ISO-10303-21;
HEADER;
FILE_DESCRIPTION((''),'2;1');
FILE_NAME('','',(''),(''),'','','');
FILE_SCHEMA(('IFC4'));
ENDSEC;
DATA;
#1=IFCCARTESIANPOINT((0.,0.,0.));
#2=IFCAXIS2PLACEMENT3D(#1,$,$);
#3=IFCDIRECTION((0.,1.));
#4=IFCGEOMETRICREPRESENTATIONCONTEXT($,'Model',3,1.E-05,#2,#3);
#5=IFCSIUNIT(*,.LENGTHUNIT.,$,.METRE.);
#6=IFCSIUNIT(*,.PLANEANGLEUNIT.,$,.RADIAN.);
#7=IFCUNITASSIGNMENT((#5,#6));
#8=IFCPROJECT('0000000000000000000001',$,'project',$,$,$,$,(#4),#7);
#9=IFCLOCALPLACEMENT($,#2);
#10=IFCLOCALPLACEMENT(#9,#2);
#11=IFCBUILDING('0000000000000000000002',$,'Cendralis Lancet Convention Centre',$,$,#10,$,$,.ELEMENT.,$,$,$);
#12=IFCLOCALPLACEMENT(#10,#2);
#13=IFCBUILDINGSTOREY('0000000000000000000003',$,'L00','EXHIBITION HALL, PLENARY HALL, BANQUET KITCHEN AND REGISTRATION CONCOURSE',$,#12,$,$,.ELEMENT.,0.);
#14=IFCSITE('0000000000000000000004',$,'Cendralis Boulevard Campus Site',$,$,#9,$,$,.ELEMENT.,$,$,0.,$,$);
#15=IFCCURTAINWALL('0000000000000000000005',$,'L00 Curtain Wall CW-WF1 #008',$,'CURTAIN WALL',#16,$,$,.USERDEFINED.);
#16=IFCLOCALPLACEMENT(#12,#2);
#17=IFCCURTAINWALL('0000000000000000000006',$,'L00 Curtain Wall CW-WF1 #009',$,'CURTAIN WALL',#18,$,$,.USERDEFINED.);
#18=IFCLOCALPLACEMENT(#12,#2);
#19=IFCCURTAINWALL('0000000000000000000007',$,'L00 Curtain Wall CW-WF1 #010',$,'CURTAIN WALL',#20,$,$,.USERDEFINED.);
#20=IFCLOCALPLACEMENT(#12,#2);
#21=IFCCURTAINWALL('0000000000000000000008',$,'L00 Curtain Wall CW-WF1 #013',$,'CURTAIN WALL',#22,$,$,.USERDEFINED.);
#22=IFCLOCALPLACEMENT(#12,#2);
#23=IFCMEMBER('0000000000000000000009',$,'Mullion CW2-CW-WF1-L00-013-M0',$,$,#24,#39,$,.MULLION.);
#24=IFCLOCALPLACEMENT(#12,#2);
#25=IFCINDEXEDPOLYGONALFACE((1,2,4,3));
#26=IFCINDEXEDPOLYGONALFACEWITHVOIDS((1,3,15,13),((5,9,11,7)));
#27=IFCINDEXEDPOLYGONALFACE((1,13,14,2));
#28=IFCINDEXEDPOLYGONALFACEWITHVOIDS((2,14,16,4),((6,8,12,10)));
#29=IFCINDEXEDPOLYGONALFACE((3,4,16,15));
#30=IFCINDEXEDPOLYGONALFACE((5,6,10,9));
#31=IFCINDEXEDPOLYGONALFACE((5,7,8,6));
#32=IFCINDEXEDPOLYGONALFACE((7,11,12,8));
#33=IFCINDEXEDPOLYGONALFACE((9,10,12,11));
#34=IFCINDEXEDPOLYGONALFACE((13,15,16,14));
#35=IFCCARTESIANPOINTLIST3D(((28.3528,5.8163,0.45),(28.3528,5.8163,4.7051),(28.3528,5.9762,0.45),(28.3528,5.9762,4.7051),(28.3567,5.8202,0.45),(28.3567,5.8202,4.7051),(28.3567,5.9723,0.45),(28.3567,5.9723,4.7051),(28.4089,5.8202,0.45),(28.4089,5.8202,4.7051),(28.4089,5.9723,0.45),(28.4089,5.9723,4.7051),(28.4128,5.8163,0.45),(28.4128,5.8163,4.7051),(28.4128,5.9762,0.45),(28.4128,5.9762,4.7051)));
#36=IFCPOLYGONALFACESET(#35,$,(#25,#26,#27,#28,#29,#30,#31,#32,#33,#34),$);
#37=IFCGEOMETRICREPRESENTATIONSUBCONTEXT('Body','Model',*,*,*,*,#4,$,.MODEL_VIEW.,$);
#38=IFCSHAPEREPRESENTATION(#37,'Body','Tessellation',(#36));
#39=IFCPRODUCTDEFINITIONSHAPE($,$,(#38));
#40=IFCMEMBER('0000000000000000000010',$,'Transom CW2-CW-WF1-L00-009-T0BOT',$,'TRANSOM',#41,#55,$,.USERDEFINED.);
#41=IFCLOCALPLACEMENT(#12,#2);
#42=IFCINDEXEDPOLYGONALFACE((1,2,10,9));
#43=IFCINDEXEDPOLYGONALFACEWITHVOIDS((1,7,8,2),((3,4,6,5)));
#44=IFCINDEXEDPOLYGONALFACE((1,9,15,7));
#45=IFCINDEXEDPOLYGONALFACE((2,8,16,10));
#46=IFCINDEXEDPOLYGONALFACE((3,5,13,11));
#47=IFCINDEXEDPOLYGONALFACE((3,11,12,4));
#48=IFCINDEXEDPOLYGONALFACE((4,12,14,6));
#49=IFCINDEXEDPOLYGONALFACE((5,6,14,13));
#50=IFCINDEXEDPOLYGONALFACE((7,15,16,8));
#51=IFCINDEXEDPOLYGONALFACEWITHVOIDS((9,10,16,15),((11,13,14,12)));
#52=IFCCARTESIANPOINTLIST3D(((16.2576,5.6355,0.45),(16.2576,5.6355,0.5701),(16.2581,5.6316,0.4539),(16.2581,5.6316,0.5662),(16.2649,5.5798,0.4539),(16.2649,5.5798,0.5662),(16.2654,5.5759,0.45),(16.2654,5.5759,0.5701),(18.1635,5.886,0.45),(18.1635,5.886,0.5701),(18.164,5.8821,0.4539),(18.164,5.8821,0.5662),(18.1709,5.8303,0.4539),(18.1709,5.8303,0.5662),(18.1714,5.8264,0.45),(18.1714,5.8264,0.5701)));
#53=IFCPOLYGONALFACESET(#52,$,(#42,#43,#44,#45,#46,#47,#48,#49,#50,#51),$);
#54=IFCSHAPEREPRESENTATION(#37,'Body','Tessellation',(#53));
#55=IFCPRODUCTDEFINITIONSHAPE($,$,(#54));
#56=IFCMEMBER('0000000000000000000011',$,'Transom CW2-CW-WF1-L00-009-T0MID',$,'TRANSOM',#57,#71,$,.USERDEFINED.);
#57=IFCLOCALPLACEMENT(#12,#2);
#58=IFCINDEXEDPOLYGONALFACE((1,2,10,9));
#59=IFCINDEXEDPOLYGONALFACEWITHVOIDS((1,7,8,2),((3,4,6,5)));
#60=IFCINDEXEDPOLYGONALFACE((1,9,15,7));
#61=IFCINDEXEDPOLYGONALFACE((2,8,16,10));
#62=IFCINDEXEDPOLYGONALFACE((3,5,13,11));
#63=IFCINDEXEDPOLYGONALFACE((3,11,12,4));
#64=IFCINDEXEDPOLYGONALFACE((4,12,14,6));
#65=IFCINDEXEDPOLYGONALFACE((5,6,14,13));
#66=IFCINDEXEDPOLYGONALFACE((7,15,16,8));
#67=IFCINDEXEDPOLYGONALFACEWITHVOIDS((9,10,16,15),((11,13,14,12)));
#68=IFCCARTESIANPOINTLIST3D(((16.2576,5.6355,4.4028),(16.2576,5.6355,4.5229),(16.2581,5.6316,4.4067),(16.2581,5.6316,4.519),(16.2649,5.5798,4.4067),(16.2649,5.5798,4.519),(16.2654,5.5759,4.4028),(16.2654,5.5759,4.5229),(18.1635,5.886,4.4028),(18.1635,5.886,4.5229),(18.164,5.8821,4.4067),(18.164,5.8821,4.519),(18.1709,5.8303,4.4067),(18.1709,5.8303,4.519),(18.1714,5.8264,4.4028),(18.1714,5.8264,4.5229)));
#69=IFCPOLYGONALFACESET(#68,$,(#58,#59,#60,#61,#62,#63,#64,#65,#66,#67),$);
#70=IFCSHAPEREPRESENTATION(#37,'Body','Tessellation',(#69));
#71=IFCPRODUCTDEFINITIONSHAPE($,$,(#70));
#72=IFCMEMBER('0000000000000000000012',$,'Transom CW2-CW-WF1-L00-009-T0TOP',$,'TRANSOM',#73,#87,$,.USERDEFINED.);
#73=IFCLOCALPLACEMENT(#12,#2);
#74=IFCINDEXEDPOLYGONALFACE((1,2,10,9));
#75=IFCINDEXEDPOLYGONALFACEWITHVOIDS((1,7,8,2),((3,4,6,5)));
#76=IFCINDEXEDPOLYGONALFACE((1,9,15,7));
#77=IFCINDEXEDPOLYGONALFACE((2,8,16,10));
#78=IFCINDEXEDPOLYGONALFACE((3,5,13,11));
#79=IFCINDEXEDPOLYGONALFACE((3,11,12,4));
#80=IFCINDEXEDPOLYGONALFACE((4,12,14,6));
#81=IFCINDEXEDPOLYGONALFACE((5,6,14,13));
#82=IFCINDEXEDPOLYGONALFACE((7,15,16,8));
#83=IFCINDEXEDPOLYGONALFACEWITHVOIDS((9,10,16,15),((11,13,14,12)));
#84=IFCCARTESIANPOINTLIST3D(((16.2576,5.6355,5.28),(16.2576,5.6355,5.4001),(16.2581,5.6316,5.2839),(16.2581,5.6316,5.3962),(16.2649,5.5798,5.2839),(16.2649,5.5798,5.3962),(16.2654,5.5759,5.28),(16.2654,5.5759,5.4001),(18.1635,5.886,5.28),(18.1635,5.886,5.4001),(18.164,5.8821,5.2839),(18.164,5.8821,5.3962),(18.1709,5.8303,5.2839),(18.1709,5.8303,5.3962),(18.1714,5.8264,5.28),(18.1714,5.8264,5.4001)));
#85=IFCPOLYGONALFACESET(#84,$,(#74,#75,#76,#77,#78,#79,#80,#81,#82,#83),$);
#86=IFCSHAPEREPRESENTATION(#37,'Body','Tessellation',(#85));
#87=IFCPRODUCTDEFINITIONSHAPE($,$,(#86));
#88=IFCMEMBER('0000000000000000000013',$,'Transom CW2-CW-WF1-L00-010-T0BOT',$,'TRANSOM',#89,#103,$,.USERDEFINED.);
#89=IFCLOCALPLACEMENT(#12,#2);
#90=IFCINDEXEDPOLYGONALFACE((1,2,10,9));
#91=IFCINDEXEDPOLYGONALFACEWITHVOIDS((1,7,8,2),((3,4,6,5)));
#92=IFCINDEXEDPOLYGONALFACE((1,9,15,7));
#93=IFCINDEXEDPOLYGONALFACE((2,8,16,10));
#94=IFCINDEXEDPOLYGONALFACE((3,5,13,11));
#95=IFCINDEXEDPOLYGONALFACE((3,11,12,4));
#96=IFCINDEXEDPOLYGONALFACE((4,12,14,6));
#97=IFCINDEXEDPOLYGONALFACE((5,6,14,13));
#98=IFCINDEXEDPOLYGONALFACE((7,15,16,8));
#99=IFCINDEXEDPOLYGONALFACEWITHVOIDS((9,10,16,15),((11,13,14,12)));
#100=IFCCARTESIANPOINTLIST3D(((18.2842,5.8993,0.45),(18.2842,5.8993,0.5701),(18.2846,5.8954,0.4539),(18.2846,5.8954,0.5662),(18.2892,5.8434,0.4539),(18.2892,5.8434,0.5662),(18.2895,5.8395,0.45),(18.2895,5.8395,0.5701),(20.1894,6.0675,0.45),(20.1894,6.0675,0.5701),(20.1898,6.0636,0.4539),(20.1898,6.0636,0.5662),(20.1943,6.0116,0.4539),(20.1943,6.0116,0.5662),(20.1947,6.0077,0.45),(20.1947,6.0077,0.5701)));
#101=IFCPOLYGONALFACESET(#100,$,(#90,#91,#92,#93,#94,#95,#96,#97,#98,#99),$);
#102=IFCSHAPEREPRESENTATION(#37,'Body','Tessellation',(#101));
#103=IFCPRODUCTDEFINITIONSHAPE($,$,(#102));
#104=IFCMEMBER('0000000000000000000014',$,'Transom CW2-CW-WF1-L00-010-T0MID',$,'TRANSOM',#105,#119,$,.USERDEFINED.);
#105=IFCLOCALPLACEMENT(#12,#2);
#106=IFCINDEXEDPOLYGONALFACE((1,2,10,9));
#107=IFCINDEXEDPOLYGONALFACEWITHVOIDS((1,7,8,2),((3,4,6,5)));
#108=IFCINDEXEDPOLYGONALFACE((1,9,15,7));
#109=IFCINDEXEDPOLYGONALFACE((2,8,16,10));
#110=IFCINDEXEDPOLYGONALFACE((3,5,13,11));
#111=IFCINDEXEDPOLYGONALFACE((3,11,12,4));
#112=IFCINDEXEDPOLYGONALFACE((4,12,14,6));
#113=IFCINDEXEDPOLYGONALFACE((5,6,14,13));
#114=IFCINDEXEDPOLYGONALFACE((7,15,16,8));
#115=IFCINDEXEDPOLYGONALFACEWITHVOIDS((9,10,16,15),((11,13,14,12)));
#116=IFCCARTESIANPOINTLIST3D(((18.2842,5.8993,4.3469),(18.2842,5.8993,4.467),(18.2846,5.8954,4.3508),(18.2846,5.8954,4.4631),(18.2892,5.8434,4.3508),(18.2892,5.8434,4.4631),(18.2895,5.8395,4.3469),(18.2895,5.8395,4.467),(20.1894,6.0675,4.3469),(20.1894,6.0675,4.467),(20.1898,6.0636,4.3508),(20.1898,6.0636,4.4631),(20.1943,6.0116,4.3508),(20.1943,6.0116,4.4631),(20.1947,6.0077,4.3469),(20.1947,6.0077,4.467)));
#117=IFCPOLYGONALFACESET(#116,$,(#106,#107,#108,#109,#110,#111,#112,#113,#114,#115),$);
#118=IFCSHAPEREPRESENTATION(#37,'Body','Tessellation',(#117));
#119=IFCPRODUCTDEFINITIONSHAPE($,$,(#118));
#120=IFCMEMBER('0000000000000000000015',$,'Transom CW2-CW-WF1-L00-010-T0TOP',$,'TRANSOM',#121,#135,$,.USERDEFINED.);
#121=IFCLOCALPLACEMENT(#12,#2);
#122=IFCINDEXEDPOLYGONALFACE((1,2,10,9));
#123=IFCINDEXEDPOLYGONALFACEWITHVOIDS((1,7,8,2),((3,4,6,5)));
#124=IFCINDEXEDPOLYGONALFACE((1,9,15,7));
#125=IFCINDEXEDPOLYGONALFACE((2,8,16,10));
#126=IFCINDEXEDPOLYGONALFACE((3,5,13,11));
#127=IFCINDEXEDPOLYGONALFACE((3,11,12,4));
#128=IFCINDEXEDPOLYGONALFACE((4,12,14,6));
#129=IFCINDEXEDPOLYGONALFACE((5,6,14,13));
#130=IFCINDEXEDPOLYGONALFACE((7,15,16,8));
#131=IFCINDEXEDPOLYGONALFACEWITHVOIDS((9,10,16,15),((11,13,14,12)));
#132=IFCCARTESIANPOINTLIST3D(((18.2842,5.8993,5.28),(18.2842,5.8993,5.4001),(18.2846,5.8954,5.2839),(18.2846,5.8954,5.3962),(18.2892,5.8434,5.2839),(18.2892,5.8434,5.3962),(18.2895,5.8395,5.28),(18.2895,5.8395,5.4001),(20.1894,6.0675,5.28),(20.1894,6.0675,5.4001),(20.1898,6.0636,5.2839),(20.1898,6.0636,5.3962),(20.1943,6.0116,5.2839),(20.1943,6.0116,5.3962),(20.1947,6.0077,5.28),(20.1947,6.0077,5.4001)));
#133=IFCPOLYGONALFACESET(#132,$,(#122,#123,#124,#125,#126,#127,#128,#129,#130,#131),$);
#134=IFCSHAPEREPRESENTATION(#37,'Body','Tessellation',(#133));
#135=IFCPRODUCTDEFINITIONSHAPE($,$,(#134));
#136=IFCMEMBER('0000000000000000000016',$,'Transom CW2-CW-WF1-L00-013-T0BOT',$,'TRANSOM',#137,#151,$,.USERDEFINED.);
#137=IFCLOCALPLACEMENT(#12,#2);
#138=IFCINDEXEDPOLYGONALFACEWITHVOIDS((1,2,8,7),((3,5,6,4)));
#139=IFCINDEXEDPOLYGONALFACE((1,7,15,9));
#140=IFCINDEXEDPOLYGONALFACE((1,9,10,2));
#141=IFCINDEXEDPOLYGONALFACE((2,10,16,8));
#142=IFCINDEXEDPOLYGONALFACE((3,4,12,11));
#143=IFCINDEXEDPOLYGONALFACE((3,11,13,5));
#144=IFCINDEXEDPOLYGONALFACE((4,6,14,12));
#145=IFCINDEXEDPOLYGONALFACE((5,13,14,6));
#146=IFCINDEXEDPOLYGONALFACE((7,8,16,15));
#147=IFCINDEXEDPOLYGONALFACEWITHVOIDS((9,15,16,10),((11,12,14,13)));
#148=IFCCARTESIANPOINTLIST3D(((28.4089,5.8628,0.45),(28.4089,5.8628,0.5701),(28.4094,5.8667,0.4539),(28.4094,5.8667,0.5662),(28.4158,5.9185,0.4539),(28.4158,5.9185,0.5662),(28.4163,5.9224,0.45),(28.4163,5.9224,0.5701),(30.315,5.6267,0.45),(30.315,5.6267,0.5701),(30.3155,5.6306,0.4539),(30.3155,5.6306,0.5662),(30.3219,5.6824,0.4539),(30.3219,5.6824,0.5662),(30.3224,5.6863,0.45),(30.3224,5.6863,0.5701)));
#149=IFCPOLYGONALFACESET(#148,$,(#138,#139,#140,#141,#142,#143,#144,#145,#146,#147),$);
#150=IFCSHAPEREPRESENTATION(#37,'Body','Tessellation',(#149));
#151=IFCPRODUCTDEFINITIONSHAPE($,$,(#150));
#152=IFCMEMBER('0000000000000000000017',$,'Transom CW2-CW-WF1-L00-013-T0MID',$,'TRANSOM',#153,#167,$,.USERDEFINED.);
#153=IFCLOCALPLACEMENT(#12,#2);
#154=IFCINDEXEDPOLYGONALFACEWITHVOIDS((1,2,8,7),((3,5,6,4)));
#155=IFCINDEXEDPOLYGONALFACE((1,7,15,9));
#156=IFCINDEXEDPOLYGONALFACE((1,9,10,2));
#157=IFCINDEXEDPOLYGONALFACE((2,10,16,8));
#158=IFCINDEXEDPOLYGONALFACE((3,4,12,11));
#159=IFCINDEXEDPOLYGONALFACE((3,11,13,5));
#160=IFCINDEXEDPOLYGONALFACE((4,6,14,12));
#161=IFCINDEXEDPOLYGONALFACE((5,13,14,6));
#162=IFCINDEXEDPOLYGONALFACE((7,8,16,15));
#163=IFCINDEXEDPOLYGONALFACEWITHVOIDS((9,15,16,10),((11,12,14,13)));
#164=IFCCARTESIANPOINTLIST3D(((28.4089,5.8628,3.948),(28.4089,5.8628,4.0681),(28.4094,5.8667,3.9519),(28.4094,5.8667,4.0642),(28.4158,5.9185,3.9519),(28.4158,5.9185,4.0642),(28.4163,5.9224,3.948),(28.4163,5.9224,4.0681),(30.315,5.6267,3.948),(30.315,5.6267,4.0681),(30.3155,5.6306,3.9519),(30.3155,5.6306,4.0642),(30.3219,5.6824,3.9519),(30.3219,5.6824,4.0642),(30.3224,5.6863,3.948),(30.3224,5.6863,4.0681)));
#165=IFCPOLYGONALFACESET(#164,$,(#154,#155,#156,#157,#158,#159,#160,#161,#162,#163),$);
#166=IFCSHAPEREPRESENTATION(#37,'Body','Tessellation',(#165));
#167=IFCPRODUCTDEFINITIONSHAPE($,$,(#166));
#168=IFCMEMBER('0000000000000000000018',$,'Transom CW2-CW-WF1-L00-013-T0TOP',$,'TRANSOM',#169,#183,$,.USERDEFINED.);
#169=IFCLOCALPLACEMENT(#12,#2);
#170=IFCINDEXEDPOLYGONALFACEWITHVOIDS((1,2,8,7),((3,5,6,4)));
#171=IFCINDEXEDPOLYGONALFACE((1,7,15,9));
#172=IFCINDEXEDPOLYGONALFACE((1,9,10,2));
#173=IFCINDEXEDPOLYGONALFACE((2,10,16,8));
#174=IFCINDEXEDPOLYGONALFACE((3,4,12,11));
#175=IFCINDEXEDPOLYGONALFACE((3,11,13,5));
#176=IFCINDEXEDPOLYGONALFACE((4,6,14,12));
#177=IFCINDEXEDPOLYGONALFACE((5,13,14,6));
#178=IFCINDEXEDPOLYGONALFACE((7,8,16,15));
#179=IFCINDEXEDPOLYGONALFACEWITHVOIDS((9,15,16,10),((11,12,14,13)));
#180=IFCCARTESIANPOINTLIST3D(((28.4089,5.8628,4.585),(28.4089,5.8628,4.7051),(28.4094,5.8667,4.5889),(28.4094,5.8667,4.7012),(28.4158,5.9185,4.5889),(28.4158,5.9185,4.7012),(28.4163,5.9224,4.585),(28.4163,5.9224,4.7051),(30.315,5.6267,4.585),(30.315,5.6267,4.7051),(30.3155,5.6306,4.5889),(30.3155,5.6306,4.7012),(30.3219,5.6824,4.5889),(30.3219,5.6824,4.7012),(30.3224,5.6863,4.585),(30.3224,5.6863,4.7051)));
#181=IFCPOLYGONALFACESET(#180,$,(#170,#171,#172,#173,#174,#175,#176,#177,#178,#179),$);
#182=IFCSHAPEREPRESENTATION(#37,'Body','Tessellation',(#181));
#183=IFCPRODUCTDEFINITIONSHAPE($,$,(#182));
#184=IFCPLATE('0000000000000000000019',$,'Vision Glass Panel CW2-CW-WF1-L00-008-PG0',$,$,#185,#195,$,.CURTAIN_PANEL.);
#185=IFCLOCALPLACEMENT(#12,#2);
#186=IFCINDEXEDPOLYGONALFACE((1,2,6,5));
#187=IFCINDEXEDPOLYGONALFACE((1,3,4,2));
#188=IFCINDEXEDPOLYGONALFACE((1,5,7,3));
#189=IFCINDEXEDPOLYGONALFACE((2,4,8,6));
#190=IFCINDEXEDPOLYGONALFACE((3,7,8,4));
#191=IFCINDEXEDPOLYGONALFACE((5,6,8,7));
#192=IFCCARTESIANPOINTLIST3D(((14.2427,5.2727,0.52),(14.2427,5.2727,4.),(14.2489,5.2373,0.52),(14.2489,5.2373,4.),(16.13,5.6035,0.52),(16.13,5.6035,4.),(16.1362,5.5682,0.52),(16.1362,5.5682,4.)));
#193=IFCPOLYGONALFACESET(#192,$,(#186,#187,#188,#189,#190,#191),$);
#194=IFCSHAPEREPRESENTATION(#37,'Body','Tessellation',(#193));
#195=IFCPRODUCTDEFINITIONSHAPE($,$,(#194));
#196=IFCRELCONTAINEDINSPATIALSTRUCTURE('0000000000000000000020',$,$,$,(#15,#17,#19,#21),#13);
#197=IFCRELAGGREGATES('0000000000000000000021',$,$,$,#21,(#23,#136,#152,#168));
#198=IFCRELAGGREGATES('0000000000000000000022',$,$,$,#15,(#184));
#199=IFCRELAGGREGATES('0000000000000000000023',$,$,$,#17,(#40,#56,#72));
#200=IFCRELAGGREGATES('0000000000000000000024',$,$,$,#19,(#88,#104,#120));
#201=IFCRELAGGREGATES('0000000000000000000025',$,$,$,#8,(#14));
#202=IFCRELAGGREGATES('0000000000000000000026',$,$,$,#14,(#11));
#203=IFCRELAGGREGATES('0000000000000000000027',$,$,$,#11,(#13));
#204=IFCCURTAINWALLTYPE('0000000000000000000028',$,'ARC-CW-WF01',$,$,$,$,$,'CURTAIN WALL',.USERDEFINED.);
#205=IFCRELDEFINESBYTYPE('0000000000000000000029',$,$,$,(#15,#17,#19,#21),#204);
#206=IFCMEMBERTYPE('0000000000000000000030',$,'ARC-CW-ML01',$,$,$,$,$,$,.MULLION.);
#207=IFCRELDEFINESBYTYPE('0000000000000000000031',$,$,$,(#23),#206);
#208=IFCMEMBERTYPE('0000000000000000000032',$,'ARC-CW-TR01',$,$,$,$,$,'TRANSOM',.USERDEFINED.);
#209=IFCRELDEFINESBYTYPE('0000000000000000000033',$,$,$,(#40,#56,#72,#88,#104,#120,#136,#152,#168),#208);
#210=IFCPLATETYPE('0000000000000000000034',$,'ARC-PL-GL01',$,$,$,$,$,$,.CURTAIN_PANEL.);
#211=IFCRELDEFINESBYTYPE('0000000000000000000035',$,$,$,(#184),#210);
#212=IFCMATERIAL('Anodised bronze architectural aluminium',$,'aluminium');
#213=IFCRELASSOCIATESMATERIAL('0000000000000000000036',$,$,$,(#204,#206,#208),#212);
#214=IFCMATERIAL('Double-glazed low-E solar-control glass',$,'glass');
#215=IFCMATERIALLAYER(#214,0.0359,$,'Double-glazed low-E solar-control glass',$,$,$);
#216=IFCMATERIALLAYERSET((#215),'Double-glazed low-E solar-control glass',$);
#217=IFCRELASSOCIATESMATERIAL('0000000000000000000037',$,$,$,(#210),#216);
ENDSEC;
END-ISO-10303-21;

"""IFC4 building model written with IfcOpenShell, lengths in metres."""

from ifc_helpers import new_model, si_unit, direction, frame, origin, origin_2d, place, context, subcontext, project, spatial, rectangle, hollow_rectangle, extrude, material, layer, layer_set, material_profile, profile_set, type_object, element, aggregate, save


model = new_model("IFC4")

# Units and contexts
model_context = context("Model", 3, precision=1e-05, world=origin(), true_north=direction((0.0, 1.0)))
body_context = subcontext(model_context, "Body", "Model", "MODEL_VIEW")
ifc_project = project(units=[si_unit("LENGTHUNIT", "METRE"), si_unit("PLANEANGLEUNIT", "RADIAN")], contexts=[model_context])

# Site, building, storey
site_placement = place(None, origin())
site = spatial("IfcSite", under=ifc_project, at=site_placement, Name="Cendralis Boulevard Campus Site", CompositionType="ELEMENT", RefElevation=0.0)
building_placement = place(site_placement, origin())
building = spatial("IfcBuilding", under=site, at=building_placement, Name="Cendralis Lancet Convention Centre", CompositionType="ELEMENT")
storey_placement = place(building_placement, origin())
storey = spatial("IfcBuildingStorey", under=building, at=storey_placement, Name="L00", Description="EXHIBITION HALL, PLENARY HALL, BANQUET KITCHEN AND REGISTRATION CONCOURSE", CompositionType="ELEMENT", Elevation=0.0)

# Curtain wall
ifc_material_1 = material(Name="Anodised bronze architectural aluminium", Category="aluminium")
curtain_wall_type = type_object("IfcCurtainWallType", Name="ARC-CW-WF01", ElementType="CURTAIN WALL", PredefinedType="USERDEFINED", material=ifc_material_1)
curtain_wall_1_placement = place(storey_placement, origin())
curtain_wall_1 = element("IfcCurtainWall", 1, at=curtain_wall_1_placement, inside=storey, type_object=curtain_wall_type, Name="L00 Curtain Wall CW-WF1 #008", ObjectType="CURTAIN WALL", PredefinedType="USERDEFINED")
ifc_material_profile_1 = material_profile(ifc_material_1, hollow_rectangle(XDim=0.0601, YDim=0.1599, WallThickness=0.0039, at=origin_2d()), Name="AL-MULL 60x160x4.0")
ifc_profile_set_1 = profile_set([ifc_material_profile_1], Name="Anodised bronze architectural aluminium")
member_type_1 = type_object("IfcMemberType", Name="ARC-CW-ML01", PredefinedType="MULLION", material=ifc_profile_set_1)

# Curtain walls
curtain_wall_2_placement = place(storey_placement, origin())
curtain_wall_2 = element("IfcCurtainWall", 2, at=curtain_wall_2_placement, inside=storey, type_object=curtain_wall_type, Name="L00 Curtain Wall CW-WF1 #009", ObjectType="CURTAIN WALL", PredefinedType="USERDEFINED")
curtain_wall_3_placement = place(storey_placement, origin())
curtain_wall_3 = element("IfcCurtainWall", 3, at=curtain_wall_3_placement, inside=storey, type_object=curtain_wall_type, Name="L00 Curtain Wall CW-WF1 #010", ObjectType="CURTAIN WALL", PredefinedType="USERDEFINED")

# Curtain wall, member
curtain_wall_4_placement = place(storey_placement, origin())
curtain_wall_4 = element("IfcCurtainWall", 4, at=curtain_wall_4_placement, inside=storey, type_object=curtain_wall_type, Name="L00 Curtain Wall CW-WF1 #013", ObjectType="CURTAIN WALL", PredefinedType="USERDEFINED")
member_1_placement = place(storey_placement, frame((28.3828, 5.8962, 0.45), z_axis=(0.0, 0.0, 1.0), x_axis=(1.0, 0.0, 0.0)))
member_1 = element("IfcMember", 5, at=member_1_placement, type_object=member_type_1, Name="Mullion CW2-CW-WF1-L00-013-M0", PredefinedType="MULLION", context=body_context, shape_type="SweptSolid", body=[
    extrude(hollow_rectangle(XDim=0.0601, YDim=0.1599, WallThickness=0.0039, at=origin_2d()), origin(), (0.0, 0.0, 1.0), 4.2551),
])

# Members
ifc_material_profile_2 = material_profile(ifc_material_1, hollow_rectangle(XDim=0.0601, YDim=0.1201, WallThickness=0.0039, at=origin_2d()), Name="AL-TRAN 60x120x4.0")
ifc_profile_set_2 = profile_set([ifc_material_profile_2], Name="Anodised bronze architectural aluminium")
member_type_2 = type_object("IfcMemberType", Name="ARC-CW-TR01", ElementType="TRANSOM", PredefinedType="USERDEFINED", material=ifc_profile_set_2)
member_2_placement = place(storey_placement, frame((16.2615, 5.6057, 0.51), z_axis=(0.991475, 0.1303, 0.0), x_axis=(-0.1303, 0.991475, 0.0)))
member_2 = element("IfcMember", 6, at=member_2_placement, type_object=member_type_2, Name="Transom CW2-CW-WF1-L00-009-T0BOT", ObjectType="TRANSOM", PredefinedType="USERDEFINED", context=body_context, shape_type="SweptSolid", body=[
    extrude(hollow_rectangle(XDim=0.0601, YDim=0.1201, WallThickness=0.0039, at=origin_2d()), origin(), (0.0, 0.0, 1.0), 1.9224),
])
member_3_placement = place(storey_placement, frame((16.2615, 5.6057, 4.4629), z_axis=(0.991475, 0.1303, 0.0), x_axis=(-0.1303, 0.991475, 0.0)))
member_3 = element("IfcMember", 7, at=member_3_placement, type_object=member_type_2, Name="Transom CW2-CW-WF1-L00-009-T0MID", ObjectType="TRANSOM", PredefinedType="USERDEFINED", context=body_context, shape_type="SweptSolid", body=[
    extrude(hollow_rectangle(XDim=0.0601, YDim=0.1201, WallThickness=0.0039, at=origin_2d()), origin(), (0.0, 0.0, 1.0), 1.9224),
])
member_4_placement = place(storey_placement, frame((16.2615, 5.6057, 5.3401), z_axis=(0.991475, 0.1303, 0.0), x_axis=(-0.1303, 0.991475, 0.0)))
member_4 = element("IfcMember", 8, at=member_4_placement, type_object=member_type_2, Name="Transom CW2-CW-WF1-L00-009-T0TOP", ObjectType="TRANSOM", PredefinedType="USERDEFINED", context=body_context, shape_type="SweptSolid", body=[
    extrude(hollow_rectangle(XDim=0.0601, YDim=0.1201, WallThickness=0.0039, at=origin_2d()), origin(), (0.0, 0.0, 1.0), 1.9224),
])
member_5_placement = place(storey_placement, frame((18.2869, 5.8694, 0.51), z_axis=(0.996125, 0.087946, 0.0), x_axis=(-0.087946, 0.996125, 0.0)))
member_5 = element("IfcMember", 9, at=member_5_placement, type_object=member_type_2, Name="Transom CW2-CW-WF1-L00-010-T0BOT", ObjectType="TRANSOM", PredefinedType="USERDEFINED", context=body_context, shape_type="SweptSolid", body=[
    extrude(hollow_rectangle(XDim=0.0601, YDim=0.1201, WallThickness=0.0039, at=origin_2d()), origin(), (0.0, 0.0, 1.0), 1.9126),
])
member_6_placement = place(storey_placement, frame((18.2869, 5.8694, 4.407), z_axis=(0.996125, 0.087946, 0.0), x_axis=(-0.087946, 0.996125, 0.0)))
member_6 = element("IfcMember", 10, at=member_6_placement, type_object=member_type_2, Name="Transom CW2-CW-WF1-L00-010-T0MID", ObjectType="TRANSOM", PredefinedType="USERDEFINED", context=body_context, shape_type="SweptSolid", body=[
    extrude(hollow_rectangle(XDim=0.0601, YDim=0.1201, WallThickness=0.0039, at=origin_2d()), origin(), (0.0, 0.0, 1.0), 1.9126),
])
member_7_placement = place(storey_placement, frame((18.2869, 5.8694, 5.3401), z_axis=(0.996125, 0.087946, 0.0), x_axis=(-0.087946, 0.996125, 0.0)))
member_7 = element("IfcMember", 11, at=member_7_placement, type_object=member_type_2, Name="Transom CW2-CW-WF1-L00-010-T0TOP", ObjectType="TRANSOM", PredefinedType="USERDEFINED", context=body_context, shape_type="SweptSolid", body=[
    extrude(hollow_rectangle(XDim=0.0601, YDim=0.1201, WallThickness=0.0039, at=origin_2d()), origin(), (0.0, 0.0, 1.0), 1.9126),
])
member_8_placement = place(storey_placement, frame((28.4126, 5.8926, 0.51), z_axis=(0.992416, -0.122924, 0.0), x_axis=(0.122924, 0.992416, 0.0)))
member_8 = element("IfcMember", 12, at=member_8_placement, type_object=member_type_2, Name="Transom CW2-CW-WF1-L00-013-T0BOT", ObjectType="TRANSOM", PredefinedType="USERDEFINED", context=body_context, shape_type="SweptSolid", body=[
    extrude(hollow_rectangle(XDim=0.0601, YDim=0.1201, WallThickness=0.0039, at=origin_2d()), origin(), (0.0, 0.0, 1.0), 1.9207),
])
member_9_placement = place(storey_placement, frame((28.4126, 5.8926, 4.0081), z_axis=(0.992416, -0.122924, 0.0), x_axis=(0.122924, 0.992416, 0.0)))
member_9 = element("IfcMember", 13, at=member_9_placement, type_object=member_type_2, Name="Transom CW2-CW-WF1-L00-013-T0MID", ObjectType="TRANSOM", PredefinedType="USERDEFINED", context=body_context, shape_type="SweptSolid", body=[
    extrude(hollow_rectangle(XDim=0.0601, YDim=0.1201, WallThickness=0.0039, at=origin_2d()), origin(), (0.0, 0.0, 1.0), 1.9207),
])
member_10_placement = place(storey_placement, frame((28.4126, 5.8926, 4.645), z_axis=(0.992416, -0.122924, 0.0), x_axis=(0.122924, 0.992416, 0.0)))
member_10 = element("IfcMember", 14, at=member_10_placement, type_object=member_type_2, Name="Transom CW2-CW-WF1-L00-013-T0TOP", ObjectType="TRANSOM", PredefinedType="USERDEFINED", context=body_context, shape_type="SweptSolid", body=[
    extrude(hollow_rectangle(XDim=0.0601, YDim=0.1201, WallThickness=0.0039, at=origin_2d()), origin(), (0.0, 0.0, 1.0), 1.9207),
])
aggregate(curtain_wall_4, [member_1, member_8, member_9, member_10])

# Plate
ifc_material_2 = material(Name="Double-glazed low-E solar-control glass", Category="glass")
ifc_layer_1 = layer(ifc_material_2, 0.0359, Name="Double-glazed low-E solar-control glass")
ifc_layer_set_1 = layer_set([ifc_layer_1], Name="Double-glazed low-E solar-control glass")
plate_type_1 = type_object("IfcPlateType", Name="ARC-PL-GL01", PredefinedType="CURTAIN_PANEL", material=ifc_layer_set_1)
plate_1_placement = place(storey_placement, frame((15.1895, 5.4204, 0.52), z_axis=(0.0, 0.0, 1.0), x_axis=(0.984979, 0.172675, 0.0)))
plate_1 = element("IfcPlate", 15, at=plate_1_placement, type_object=plate_type_1, Name="Vision Glass Panel CW2-CW-WF1-L00-008-PG0", PredefinedType="CURTAIN_PANEL", context=body_context, shape_type="SweptSolid", body=[
    extrude(rectangle(XDim=1.916, YDim=0.0359, at=origin_2d()), origin(), (0.0, 0.0, 1.0), 3.48),
])
aggregate(curtain_wall_1, [plate_1])
aggregate(curtain_wall_2, [member_2, member_3, member_4])
aggregate(curtain_wall_3, [member_5, member_6, member_7])

save(model, "model.ifc")
